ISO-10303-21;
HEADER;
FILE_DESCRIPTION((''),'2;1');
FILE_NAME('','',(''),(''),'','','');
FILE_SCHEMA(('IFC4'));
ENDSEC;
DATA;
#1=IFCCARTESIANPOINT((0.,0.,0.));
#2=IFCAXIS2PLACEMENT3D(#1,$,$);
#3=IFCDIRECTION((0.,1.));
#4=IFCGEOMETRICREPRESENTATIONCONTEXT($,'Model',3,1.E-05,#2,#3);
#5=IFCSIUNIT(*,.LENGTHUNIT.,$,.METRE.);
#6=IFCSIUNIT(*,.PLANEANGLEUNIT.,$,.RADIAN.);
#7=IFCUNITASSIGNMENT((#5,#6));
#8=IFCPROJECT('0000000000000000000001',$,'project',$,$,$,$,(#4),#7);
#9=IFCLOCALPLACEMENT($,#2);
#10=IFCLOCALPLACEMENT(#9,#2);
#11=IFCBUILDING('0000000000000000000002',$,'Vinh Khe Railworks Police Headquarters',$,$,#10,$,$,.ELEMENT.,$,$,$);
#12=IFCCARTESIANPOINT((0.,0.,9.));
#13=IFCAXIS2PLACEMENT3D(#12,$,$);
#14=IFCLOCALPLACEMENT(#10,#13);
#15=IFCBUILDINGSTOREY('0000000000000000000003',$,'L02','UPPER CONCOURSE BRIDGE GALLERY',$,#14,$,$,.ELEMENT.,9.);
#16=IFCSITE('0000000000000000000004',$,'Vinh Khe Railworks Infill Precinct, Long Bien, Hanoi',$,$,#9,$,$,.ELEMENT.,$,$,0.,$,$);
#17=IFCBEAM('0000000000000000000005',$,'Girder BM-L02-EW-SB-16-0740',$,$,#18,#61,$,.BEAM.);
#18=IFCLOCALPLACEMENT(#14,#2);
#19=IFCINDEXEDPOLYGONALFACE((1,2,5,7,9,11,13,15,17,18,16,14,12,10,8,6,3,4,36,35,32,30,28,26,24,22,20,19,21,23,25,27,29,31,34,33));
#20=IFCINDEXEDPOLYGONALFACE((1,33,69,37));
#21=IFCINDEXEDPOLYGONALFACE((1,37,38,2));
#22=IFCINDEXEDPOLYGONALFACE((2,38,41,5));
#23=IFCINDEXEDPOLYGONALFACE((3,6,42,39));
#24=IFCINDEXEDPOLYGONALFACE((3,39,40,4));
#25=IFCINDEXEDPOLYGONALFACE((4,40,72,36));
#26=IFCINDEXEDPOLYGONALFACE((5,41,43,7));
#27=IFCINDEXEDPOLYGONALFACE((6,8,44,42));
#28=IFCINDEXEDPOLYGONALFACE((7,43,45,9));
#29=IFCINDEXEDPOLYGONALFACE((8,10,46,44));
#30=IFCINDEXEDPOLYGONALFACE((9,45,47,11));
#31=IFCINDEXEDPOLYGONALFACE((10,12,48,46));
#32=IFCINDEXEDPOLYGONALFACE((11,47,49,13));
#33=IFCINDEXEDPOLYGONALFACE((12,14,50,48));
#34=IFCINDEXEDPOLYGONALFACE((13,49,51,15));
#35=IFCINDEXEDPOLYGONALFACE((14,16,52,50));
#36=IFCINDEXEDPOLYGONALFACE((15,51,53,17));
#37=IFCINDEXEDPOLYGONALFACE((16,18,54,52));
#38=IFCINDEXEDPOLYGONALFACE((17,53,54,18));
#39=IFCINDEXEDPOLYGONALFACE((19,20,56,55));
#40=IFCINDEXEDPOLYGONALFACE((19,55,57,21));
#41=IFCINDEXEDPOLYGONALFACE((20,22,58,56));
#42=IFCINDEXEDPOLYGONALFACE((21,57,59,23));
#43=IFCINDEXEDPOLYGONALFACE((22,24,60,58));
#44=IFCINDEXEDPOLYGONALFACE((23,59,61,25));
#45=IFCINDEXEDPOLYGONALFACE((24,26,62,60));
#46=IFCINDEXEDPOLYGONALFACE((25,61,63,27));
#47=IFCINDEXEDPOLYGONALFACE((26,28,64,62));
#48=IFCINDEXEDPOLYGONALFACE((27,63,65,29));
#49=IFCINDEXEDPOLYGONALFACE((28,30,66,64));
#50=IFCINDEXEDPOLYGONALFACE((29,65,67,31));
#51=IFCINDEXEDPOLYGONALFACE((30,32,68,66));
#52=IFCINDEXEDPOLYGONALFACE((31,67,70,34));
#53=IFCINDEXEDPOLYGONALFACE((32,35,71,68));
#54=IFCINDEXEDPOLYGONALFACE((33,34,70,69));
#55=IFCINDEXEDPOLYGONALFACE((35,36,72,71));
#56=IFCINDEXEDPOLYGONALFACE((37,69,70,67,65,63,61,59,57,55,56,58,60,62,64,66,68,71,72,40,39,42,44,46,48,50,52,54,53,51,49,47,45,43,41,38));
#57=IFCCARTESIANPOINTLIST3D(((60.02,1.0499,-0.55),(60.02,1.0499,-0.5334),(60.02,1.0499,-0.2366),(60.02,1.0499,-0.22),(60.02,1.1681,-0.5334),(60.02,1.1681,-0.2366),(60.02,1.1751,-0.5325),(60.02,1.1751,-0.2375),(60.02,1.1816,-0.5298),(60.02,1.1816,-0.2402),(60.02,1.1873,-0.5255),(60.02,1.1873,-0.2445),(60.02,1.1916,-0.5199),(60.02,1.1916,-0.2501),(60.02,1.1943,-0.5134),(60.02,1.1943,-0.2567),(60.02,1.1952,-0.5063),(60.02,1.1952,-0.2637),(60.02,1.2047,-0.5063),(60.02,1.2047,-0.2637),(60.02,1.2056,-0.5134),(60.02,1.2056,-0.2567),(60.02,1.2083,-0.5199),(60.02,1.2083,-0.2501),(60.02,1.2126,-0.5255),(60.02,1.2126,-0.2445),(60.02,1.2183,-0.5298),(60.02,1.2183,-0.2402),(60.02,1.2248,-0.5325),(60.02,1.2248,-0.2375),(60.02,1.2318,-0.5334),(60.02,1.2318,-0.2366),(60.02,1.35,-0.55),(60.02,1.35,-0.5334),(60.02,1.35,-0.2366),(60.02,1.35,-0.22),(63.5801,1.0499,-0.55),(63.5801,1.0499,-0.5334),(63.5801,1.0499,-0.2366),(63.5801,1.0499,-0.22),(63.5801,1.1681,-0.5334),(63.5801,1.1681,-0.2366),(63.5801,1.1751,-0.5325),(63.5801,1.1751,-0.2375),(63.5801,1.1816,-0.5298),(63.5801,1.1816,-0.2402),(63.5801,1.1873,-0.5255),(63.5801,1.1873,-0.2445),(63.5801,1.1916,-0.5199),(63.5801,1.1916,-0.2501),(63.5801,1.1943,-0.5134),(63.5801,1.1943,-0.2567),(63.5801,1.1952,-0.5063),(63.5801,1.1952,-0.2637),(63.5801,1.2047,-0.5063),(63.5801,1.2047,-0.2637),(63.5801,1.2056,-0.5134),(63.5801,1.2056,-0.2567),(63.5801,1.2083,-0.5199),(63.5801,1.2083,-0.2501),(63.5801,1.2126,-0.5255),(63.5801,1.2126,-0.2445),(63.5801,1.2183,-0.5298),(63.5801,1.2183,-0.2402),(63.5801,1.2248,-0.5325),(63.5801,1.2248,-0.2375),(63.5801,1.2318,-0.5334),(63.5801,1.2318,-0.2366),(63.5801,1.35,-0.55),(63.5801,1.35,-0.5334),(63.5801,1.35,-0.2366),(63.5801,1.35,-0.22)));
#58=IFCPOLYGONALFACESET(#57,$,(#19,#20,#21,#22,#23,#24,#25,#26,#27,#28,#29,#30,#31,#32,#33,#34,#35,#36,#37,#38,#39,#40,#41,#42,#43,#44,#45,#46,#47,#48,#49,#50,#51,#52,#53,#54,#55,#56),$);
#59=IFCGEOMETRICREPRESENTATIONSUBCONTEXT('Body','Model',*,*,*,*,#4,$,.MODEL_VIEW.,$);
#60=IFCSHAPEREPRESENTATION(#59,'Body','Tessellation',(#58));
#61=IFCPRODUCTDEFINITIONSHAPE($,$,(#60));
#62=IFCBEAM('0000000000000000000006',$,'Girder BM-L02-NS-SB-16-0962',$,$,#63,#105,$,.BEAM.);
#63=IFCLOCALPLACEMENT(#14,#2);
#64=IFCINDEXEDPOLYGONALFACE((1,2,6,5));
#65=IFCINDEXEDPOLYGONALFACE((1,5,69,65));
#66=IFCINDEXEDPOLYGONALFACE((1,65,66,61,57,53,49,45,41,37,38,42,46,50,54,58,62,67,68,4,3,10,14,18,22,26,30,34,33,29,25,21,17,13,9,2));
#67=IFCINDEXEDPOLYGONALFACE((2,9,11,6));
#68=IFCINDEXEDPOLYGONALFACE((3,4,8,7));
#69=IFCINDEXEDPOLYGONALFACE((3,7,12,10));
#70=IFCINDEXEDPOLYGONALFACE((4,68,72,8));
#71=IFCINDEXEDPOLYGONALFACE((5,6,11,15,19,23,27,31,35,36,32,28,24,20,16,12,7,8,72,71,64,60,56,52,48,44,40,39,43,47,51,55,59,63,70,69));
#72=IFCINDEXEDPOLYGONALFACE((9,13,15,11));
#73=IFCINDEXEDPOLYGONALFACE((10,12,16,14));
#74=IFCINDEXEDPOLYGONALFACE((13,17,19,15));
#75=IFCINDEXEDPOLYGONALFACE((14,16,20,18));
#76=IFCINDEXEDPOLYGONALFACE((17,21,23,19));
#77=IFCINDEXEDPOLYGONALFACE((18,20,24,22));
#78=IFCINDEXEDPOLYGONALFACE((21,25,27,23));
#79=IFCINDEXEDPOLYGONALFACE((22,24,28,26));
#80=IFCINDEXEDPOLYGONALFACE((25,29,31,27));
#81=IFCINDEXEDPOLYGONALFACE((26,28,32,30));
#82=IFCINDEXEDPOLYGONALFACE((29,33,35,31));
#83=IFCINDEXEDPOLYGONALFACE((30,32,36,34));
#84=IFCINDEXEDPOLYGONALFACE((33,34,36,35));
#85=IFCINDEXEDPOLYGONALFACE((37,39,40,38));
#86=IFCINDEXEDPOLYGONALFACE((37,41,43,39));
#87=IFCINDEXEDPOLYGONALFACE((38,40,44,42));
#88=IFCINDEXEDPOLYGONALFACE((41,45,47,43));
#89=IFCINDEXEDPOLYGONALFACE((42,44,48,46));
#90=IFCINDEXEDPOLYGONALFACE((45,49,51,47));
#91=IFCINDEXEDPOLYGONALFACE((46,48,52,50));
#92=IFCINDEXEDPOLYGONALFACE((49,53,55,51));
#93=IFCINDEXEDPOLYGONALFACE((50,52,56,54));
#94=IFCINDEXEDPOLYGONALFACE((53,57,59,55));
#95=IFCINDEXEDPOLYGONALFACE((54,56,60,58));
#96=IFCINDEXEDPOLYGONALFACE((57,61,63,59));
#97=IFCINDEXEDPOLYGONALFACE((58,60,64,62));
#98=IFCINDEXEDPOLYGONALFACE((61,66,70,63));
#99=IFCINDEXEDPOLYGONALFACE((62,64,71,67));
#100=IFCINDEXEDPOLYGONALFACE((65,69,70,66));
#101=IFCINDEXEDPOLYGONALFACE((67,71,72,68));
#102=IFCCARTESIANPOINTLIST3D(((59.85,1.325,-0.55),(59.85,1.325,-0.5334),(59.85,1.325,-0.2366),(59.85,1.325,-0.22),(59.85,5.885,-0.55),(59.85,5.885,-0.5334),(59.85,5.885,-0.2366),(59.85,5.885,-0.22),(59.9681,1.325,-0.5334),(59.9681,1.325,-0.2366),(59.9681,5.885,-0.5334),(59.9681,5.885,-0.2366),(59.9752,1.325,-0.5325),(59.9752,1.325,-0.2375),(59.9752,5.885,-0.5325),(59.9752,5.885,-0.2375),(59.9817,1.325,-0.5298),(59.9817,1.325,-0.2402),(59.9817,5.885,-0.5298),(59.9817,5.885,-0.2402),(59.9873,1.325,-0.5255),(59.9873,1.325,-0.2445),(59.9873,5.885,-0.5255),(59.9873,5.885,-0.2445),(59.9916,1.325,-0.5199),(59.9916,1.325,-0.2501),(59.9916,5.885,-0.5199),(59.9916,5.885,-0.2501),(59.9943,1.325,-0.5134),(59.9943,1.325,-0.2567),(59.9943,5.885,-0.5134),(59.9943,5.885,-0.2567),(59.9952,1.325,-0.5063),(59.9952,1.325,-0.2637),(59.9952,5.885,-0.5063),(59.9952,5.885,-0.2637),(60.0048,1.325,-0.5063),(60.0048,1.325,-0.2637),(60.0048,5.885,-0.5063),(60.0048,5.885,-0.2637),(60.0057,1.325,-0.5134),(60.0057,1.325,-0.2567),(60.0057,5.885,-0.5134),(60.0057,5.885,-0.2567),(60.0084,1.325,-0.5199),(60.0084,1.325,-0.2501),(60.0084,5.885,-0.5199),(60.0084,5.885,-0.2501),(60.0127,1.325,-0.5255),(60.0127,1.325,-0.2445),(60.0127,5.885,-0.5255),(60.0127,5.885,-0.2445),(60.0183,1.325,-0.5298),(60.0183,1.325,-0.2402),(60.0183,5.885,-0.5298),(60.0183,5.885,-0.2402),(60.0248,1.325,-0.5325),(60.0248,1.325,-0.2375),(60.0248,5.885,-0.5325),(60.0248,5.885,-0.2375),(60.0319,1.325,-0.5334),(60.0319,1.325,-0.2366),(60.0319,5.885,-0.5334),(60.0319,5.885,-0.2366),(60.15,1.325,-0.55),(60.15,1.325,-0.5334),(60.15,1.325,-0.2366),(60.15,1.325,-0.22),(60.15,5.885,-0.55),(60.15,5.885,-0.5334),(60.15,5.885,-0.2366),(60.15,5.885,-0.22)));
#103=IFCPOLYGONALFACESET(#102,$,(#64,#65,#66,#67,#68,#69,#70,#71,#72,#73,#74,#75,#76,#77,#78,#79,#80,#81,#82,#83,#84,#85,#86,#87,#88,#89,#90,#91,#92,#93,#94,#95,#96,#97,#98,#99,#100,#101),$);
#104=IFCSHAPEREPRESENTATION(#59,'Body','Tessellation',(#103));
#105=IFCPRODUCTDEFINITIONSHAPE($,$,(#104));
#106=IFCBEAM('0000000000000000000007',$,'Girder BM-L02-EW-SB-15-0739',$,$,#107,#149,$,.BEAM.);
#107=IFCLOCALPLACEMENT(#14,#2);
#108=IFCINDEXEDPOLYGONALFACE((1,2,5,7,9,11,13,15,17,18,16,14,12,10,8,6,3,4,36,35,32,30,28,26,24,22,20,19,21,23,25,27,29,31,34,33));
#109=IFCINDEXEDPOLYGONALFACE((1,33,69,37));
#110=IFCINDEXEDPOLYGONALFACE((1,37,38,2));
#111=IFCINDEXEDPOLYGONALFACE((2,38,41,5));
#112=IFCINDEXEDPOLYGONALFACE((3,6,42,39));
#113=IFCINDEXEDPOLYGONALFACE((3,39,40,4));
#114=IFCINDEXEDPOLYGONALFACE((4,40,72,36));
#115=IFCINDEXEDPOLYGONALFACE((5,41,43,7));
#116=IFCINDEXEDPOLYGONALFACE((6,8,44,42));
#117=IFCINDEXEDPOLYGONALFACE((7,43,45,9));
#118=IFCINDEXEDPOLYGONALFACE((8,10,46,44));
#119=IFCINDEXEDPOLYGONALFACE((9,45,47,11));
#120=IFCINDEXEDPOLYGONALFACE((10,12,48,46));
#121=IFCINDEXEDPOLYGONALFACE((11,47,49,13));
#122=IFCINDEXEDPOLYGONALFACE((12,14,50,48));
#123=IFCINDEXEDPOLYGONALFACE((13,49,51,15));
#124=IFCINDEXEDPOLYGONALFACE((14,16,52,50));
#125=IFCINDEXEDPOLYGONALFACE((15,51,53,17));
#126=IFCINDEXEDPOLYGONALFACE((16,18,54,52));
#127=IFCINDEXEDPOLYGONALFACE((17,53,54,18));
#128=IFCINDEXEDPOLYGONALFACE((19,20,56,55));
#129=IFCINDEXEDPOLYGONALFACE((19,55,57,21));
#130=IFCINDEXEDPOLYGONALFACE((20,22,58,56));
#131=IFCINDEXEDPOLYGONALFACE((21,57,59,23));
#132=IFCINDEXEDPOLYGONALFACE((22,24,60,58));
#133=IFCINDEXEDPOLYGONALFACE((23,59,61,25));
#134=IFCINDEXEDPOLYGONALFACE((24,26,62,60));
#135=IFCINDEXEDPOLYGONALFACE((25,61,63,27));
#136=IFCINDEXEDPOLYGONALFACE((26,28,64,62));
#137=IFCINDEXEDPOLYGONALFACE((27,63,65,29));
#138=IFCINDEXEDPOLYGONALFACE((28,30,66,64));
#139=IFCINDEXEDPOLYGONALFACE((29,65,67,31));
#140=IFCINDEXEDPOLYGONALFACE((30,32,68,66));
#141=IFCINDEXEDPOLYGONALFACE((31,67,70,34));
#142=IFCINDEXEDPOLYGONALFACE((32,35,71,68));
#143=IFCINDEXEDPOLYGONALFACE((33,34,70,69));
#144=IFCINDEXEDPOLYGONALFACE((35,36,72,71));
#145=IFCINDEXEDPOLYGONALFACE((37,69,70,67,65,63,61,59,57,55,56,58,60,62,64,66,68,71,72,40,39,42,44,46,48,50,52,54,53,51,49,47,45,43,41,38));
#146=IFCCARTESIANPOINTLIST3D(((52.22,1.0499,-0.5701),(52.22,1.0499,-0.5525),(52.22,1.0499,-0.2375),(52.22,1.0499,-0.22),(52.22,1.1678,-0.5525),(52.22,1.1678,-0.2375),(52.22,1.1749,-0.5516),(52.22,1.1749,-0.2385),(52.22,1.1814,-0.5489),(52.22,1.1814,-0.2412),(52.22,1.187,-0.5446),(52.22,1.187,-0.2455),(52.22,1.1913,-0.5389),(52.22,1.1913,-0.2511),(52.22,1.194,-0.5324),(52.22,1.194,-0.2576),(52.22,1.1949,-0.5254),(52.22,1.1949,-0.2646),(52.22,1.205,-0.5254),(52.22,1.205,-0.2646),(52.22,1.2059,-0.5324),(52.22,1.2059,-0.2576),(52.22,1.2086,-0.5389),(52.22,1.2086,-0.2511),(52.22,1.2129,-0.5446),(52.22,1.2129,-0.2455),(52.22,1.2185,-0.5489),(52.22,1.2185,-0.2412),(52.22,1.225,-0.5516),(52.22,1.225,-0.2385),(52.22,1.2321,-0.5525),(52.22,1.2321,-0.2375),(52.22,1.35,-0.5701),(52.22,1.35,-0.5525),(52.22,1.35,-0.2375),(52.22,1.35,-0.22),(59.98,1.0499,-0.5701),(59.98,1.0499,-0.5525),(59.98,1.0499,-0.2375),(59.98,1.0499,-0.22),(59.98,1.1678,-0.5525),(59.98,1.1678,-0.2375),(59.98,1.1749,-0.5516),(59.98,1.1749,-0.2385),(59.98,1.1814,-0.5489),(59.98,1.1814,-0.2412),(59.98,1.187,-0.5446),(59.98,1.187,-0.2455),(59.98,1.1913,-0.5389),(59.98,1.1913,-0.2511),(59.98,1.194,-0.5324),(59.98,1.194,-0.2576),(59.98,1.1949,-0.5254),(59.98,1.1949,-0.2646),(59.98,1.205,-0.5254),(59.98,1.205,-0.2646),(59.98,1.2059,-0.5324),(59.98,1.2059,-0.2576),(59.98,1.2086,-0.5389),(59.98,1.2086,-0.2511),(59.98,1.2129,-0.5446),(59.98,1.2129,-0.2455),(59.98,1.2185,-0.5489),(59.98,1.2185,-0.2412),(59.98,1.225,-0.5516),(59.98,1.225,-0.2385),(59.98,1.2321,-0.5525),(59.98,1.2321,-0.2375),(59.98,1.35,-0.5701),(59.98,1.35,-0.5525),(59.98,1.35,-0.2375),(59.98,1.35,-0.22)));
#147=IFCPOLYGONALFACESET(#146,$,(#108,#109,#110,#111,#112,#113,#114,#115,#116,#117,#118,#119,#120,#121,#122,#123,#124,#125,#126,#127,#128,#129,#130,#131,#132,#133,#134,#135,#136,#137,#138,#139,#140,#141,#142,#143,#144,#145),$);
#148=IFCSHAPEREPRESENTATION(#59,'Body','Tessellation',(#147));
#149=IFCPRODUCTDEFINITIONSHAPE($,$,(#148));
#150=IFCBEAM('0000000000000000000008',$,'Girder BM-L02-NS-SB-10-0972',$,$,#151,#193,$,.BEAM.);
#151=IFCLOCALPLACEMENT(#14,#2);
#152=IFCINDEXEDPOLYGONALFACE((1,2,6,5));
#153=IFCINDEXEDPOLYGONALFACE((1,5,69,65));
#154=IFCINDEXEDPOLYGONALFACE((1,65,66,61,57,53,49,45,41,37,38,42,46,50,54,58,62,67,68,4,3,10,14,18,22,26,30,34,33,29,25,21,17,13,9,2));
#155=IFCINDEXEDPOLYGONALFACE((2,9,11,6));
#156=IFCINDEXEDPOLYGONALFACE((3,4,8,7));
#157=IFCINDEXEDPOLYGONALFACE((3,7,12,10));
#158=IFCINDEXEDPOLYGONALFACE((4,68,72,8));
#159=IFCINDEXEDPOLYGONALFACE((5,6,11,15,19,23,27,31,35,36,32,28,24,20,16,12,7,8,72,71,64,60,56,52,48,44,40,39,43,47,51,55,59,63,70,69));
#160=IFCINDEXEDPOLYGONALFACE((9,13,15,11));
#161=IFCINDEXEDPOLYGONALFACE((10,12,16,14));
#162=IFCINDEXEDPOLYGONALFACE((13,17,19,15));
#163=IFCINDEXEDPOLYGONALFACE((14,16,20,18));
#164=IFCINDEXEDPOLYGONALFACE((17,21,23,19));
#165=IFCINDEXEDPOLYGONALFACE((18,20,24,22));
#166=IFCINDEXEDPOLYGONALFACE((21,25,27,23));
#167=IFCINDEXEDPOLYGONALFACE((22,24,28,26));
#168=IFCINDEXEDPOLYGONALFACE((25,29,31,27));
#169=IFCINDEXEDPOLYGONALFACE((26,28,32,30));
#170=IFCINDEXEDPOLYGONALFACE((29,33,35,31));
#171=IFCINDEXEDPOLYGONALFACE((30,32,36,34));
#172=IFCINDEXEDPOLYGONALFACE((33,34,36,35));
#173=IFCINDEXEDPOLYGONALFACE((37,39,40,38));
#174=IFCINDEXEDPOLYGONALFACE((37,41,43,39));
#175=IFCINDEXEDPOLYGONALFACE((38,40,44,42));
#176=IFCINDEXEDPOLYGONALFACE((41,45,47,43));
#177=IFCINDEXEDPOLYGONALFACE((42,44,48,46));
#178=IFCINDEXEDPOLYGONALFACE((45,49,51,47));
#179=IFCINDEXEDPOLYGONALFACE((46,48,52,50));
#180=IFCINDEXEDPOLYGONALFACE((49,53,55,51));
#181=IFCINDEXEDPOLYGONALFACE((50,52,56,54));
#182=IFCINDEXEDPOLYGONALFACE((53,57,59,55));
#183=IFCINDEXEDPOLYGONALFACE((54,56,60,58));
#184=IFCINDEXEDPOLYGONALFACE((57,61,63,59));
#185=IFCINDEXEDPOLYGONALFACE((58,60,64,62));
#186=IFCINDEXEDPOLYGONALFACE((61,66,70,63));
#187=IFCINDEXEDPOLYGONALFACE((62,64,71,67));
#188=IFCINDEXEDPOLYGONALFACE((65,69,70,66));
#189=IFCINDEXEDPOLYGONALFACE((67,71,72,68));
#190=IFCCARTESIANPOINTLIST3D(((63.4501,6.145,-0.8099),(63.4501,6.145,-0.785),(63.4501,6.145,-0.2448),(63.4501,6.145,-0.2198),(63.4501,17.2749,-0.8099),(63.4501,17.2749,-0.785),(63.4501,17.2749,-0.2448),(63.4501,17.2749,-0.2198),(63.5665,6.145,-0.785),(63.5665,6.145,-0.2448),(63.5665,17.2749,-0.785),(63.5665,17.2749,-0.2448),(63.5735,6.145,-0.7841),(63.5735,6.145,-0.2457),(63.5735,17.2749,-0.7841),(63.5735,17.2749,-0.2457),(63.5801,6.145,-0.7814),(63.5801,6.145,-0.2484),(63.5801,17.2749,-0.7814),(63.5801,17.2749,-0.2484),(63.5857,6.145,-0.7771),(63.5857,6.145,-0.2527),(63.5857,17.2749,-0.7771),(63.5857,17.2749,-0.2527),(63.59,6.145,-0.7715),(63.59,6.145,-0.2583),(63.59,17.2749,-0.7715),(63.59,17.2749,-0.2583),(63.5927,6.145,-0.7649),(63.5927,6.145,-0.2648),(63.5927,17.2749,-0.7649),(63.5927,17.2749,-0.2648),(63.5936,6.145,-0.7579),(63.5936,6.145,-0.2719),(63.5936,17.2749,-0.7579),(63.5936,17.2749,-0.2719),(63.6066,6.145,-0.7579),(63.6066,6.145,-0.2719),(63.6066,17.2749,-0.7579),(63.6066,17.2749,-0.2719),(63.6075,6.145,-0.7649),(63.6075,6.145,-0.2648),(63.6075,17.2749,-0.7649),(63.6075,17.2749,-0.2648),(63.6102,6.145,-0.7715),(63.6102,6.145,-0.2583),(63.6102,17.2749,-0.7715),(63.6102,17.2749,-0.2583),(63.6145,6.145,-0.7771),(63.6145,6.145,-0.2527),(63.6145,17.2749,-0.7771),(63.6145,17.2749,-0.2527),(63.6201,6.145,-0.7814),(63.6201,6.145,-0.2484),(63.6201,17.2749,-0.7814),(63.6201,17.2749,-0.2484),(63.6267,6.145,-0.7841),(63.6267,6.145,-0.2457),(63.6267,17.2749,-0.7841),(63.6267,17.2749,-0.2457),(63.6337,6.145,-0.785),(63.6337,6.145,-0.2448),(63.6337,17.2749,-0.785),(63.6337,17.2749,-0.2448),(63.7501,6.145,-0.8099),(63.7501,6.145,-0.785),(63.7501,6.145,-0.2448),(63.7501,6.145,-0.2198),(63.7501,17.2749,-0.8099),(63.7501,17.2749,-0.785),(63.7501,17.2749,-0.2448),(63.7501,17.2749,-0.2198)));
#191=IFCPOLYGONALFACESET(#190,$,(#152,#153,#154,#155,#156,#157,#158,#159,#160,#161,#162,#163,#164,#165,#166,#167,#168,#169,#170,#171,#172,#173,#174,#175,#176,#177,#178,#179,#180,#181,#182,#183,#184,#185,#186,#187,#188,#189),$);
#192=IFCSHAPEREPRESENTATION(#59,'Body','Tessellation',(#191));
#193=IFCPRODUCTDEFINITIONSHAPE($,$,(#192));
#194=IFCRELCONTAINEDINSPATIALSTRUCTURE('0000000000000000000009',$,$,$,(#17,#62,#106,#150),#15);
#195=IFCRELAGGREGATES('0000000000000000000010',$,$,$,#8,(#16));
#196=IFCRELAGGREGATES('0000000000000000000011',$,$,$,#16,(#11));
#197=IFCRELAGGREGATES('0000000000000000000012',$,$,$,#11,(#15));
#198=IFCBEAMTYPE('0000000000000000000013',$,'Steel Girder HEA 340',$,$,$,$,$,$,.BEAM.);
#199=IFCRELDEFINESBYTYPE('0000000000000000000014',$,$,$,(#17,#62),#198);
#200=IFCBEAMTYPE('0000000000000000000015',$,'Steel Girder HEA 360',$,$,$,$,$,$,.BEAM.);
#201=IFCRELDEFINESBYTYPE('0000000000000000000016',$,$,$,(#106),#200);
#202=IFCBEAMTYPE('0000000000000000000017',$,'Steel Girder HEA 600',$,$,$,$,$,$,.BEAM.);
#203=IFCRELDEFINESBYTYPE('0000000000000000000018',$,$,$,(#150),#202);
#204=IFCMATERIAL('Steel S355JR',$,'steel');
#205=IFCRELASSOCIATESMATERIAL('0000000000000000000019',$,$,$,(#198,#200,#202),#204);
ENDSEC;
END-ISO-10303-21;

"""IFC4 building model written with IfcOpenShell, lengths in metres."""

from ifc_helpers import new_model, si_unit, direction, frame, origin, origin_2d, place, context, subcontext, project, spatial, i_section, extrude, material, material_profile, profile_set, type_object, element, save


model = new_model("IFC4")

# Units and contexts
model_context = context("Model", 3, precision=1e-05, world=origin(), true_north=direction((0.0, 1.0)))
body_context = subcontext(model_context, "Body", "Model", "MODEL_VIEW")
ifc_project = project(units=[si_unit("LENGTHUNIT", "METRE"), si_unit("PLANEANGLEUNIT", "RADIAN")], contexts=[model_context])

# Site, building, storey
site_placement = place(None, origin())
site = spatial("IfcSite", under=ifc_project, at=site_placement, Name="Vinh Khe Railworks Infill Precinct, Long Bien, Hanoi", CompositionType="ELEMENT", RefElevation=0.0)
building_placement = place(site_placement, origin())
building = spatial("IfcBuilding", under=site, at=building_placement, Name="Vinh Khe Railworks Police Headquarters", CompositionType="ELEMENT")
storey_placement = place(building_placement, frame((0.0, 0.0, 9.0)))
storey = spatial("IfcBuildingStorey", under=building, at=storey_placement, Name="L02", Description="UPPER CONCOURSE BRIDGE GALLERY", CompositionType="ELEMENT", Elevation=9.0)

# Beams
ifc_material_1 = material(Name="Steel S355JR", Category="steel")
ifc_material_profile_1 = material_profile(ifc_material_1, i_section(OverallWidth=0.3, OverallDepth=0.3301, WebThickness=0.0095, FlangeThickness=0.0166, FilletRadius=0.0271, at=origin_2d()), Name="HEA 340")
ifc_profile_set_1 = profile_set([ifc_material_profile_1], Name="Steel S355JR")
beam_type_1 = type_object("IfcBeamType", Name="Steel Girder HEA 340", PredefinedType="BEAM", material=ifc_profile_set_1)
beam_1_placement = place(storey_placement, frame((60.02, 1.2, -0.385), z_axis=(1.0, 0.0, 0.0), x_axis=(0.0, 1.0, 0.0)))
element("IfcBeam", 1, at=beam_1_placement, inside=storey, type_object=beam_type_1, Name="Girder BM-L02-EW-SB-16-0740", PredefinedType="BEAM", context=body_context, shape_type="SweptSolid", body=[
    extrude(i_section(OverallWidth=0.3, OverallDepth=0.3301, WebThickness=0.0095, FlangeThickness=0.0166, FilletRadius=0.0271, at=origin_2d()), origin(), (0.0, 0.0, 1.0), 3.5601),
])
beam_2_placement = place(storey_placement, frame((60.0, 1.325, -0.385), z_axis=(0.0, 1.0, 0.0), x_axis=(-1.0, 0.0, 0.0)))
element("IfcBeam", 2, at=beam_2_placement, inside=storey, type_object=beam_type_1, Name="Girder BM-L02-NS-SB-16-0962", PredefinedType="BEAM", context=body_context, shape_type="SweptSolid", body=[
    extrude(i_section(OverallWidth=0.3, OverallDepth=0.3301, WebThickness=0.0095, FlangeThickness=0.0166, FilletRadius=0.0271, at=origin_2d()), origin(), (0.0, 0.0, 1.0), 4.5601),
])
ifc_material_profile_2 = material_profile(ifc_material_1, i_section(OverallWidth=0.3, OverallDepth=0.3501, WebThickness=0.01, FlangeThickness=0.0176, FilletRadius=0.0271, at=origin_2d()), Name="HEA 360")
ifc_profile_set_2 = profile_set([ifc_material_profile_2], Name="Steel S355JR")
beam_type_2 = type_object("IfcBeamType", Name="Steel Girder HEA 360", PredefinedType="BEAM", material=ifc_profile_set_2)
beam_3_placement = place(storey_placement, frame((52.22, 1.2, -0.395), z_axis=(1.0, 0.0, 0.0), x_axis=(0.0, 1.0, 0.0)))
element("IfcBeam", 3, at=beam_3_placement, inside=storey, type_object=beam_type_2, Name="Girder BM-L02-EW-SB-15-0739", PredefinedType="BEAM", context=body_context, shape_type="SweptSolid", body=[
    extrude(i_section(OverallWidth=0.3, OverallDepth=0.3501, WebThickness=0.01, FlangeThickness=0.0176, FilletRadius=0.0271, at=origin_2d()), origin(), (0.0, 0.0, 1.0), 7.76),
])
ifc_material_profile_3 = material_profile(ifc_material_1, i_section(OverallWidth=0.3, OverallDepth=0.5901, WebThickness=0.0129, FlangeThickness=0.0249, FilletRadius=0.0271, at=origin_2d()), Name="HEA 600")
ifc_profile_set_3 = profile_set([ifc_material_profile_3], Name="Steel S355JR")
beam_type_3 = type_object("IfcBeamType", Name="Steel Girder HEA 600", PredefinedType="BEAM", material=ifc_profile_set_3)
beam_4_placement = place(storey_placement, frame((63.6001, 6.145, -0.5149), z_axis=(0.0, 1.0, 0.0), x_axis=(-1.0, 0.0, 0.0)))
element("IfcBeam", 4, at=beam_4_placement, inside=storey, type_object=beam_type_3, Name="Girder BM-L02-NS-SB-10-0972", PredefinedType="BEAM", context=body_context, shape_type="SweptSolid", body=[
    extrude(i_section(OverallWidth=0.3, OverallDepth=0.5901, WebThickness=0.0129, FlangeThickness=0.0249, FilletRadius=0.0271, at=origin_2d()), origin(), (0.0, 0.0, 1.0), 11.1299),
])

save(model, "model.ifc")
